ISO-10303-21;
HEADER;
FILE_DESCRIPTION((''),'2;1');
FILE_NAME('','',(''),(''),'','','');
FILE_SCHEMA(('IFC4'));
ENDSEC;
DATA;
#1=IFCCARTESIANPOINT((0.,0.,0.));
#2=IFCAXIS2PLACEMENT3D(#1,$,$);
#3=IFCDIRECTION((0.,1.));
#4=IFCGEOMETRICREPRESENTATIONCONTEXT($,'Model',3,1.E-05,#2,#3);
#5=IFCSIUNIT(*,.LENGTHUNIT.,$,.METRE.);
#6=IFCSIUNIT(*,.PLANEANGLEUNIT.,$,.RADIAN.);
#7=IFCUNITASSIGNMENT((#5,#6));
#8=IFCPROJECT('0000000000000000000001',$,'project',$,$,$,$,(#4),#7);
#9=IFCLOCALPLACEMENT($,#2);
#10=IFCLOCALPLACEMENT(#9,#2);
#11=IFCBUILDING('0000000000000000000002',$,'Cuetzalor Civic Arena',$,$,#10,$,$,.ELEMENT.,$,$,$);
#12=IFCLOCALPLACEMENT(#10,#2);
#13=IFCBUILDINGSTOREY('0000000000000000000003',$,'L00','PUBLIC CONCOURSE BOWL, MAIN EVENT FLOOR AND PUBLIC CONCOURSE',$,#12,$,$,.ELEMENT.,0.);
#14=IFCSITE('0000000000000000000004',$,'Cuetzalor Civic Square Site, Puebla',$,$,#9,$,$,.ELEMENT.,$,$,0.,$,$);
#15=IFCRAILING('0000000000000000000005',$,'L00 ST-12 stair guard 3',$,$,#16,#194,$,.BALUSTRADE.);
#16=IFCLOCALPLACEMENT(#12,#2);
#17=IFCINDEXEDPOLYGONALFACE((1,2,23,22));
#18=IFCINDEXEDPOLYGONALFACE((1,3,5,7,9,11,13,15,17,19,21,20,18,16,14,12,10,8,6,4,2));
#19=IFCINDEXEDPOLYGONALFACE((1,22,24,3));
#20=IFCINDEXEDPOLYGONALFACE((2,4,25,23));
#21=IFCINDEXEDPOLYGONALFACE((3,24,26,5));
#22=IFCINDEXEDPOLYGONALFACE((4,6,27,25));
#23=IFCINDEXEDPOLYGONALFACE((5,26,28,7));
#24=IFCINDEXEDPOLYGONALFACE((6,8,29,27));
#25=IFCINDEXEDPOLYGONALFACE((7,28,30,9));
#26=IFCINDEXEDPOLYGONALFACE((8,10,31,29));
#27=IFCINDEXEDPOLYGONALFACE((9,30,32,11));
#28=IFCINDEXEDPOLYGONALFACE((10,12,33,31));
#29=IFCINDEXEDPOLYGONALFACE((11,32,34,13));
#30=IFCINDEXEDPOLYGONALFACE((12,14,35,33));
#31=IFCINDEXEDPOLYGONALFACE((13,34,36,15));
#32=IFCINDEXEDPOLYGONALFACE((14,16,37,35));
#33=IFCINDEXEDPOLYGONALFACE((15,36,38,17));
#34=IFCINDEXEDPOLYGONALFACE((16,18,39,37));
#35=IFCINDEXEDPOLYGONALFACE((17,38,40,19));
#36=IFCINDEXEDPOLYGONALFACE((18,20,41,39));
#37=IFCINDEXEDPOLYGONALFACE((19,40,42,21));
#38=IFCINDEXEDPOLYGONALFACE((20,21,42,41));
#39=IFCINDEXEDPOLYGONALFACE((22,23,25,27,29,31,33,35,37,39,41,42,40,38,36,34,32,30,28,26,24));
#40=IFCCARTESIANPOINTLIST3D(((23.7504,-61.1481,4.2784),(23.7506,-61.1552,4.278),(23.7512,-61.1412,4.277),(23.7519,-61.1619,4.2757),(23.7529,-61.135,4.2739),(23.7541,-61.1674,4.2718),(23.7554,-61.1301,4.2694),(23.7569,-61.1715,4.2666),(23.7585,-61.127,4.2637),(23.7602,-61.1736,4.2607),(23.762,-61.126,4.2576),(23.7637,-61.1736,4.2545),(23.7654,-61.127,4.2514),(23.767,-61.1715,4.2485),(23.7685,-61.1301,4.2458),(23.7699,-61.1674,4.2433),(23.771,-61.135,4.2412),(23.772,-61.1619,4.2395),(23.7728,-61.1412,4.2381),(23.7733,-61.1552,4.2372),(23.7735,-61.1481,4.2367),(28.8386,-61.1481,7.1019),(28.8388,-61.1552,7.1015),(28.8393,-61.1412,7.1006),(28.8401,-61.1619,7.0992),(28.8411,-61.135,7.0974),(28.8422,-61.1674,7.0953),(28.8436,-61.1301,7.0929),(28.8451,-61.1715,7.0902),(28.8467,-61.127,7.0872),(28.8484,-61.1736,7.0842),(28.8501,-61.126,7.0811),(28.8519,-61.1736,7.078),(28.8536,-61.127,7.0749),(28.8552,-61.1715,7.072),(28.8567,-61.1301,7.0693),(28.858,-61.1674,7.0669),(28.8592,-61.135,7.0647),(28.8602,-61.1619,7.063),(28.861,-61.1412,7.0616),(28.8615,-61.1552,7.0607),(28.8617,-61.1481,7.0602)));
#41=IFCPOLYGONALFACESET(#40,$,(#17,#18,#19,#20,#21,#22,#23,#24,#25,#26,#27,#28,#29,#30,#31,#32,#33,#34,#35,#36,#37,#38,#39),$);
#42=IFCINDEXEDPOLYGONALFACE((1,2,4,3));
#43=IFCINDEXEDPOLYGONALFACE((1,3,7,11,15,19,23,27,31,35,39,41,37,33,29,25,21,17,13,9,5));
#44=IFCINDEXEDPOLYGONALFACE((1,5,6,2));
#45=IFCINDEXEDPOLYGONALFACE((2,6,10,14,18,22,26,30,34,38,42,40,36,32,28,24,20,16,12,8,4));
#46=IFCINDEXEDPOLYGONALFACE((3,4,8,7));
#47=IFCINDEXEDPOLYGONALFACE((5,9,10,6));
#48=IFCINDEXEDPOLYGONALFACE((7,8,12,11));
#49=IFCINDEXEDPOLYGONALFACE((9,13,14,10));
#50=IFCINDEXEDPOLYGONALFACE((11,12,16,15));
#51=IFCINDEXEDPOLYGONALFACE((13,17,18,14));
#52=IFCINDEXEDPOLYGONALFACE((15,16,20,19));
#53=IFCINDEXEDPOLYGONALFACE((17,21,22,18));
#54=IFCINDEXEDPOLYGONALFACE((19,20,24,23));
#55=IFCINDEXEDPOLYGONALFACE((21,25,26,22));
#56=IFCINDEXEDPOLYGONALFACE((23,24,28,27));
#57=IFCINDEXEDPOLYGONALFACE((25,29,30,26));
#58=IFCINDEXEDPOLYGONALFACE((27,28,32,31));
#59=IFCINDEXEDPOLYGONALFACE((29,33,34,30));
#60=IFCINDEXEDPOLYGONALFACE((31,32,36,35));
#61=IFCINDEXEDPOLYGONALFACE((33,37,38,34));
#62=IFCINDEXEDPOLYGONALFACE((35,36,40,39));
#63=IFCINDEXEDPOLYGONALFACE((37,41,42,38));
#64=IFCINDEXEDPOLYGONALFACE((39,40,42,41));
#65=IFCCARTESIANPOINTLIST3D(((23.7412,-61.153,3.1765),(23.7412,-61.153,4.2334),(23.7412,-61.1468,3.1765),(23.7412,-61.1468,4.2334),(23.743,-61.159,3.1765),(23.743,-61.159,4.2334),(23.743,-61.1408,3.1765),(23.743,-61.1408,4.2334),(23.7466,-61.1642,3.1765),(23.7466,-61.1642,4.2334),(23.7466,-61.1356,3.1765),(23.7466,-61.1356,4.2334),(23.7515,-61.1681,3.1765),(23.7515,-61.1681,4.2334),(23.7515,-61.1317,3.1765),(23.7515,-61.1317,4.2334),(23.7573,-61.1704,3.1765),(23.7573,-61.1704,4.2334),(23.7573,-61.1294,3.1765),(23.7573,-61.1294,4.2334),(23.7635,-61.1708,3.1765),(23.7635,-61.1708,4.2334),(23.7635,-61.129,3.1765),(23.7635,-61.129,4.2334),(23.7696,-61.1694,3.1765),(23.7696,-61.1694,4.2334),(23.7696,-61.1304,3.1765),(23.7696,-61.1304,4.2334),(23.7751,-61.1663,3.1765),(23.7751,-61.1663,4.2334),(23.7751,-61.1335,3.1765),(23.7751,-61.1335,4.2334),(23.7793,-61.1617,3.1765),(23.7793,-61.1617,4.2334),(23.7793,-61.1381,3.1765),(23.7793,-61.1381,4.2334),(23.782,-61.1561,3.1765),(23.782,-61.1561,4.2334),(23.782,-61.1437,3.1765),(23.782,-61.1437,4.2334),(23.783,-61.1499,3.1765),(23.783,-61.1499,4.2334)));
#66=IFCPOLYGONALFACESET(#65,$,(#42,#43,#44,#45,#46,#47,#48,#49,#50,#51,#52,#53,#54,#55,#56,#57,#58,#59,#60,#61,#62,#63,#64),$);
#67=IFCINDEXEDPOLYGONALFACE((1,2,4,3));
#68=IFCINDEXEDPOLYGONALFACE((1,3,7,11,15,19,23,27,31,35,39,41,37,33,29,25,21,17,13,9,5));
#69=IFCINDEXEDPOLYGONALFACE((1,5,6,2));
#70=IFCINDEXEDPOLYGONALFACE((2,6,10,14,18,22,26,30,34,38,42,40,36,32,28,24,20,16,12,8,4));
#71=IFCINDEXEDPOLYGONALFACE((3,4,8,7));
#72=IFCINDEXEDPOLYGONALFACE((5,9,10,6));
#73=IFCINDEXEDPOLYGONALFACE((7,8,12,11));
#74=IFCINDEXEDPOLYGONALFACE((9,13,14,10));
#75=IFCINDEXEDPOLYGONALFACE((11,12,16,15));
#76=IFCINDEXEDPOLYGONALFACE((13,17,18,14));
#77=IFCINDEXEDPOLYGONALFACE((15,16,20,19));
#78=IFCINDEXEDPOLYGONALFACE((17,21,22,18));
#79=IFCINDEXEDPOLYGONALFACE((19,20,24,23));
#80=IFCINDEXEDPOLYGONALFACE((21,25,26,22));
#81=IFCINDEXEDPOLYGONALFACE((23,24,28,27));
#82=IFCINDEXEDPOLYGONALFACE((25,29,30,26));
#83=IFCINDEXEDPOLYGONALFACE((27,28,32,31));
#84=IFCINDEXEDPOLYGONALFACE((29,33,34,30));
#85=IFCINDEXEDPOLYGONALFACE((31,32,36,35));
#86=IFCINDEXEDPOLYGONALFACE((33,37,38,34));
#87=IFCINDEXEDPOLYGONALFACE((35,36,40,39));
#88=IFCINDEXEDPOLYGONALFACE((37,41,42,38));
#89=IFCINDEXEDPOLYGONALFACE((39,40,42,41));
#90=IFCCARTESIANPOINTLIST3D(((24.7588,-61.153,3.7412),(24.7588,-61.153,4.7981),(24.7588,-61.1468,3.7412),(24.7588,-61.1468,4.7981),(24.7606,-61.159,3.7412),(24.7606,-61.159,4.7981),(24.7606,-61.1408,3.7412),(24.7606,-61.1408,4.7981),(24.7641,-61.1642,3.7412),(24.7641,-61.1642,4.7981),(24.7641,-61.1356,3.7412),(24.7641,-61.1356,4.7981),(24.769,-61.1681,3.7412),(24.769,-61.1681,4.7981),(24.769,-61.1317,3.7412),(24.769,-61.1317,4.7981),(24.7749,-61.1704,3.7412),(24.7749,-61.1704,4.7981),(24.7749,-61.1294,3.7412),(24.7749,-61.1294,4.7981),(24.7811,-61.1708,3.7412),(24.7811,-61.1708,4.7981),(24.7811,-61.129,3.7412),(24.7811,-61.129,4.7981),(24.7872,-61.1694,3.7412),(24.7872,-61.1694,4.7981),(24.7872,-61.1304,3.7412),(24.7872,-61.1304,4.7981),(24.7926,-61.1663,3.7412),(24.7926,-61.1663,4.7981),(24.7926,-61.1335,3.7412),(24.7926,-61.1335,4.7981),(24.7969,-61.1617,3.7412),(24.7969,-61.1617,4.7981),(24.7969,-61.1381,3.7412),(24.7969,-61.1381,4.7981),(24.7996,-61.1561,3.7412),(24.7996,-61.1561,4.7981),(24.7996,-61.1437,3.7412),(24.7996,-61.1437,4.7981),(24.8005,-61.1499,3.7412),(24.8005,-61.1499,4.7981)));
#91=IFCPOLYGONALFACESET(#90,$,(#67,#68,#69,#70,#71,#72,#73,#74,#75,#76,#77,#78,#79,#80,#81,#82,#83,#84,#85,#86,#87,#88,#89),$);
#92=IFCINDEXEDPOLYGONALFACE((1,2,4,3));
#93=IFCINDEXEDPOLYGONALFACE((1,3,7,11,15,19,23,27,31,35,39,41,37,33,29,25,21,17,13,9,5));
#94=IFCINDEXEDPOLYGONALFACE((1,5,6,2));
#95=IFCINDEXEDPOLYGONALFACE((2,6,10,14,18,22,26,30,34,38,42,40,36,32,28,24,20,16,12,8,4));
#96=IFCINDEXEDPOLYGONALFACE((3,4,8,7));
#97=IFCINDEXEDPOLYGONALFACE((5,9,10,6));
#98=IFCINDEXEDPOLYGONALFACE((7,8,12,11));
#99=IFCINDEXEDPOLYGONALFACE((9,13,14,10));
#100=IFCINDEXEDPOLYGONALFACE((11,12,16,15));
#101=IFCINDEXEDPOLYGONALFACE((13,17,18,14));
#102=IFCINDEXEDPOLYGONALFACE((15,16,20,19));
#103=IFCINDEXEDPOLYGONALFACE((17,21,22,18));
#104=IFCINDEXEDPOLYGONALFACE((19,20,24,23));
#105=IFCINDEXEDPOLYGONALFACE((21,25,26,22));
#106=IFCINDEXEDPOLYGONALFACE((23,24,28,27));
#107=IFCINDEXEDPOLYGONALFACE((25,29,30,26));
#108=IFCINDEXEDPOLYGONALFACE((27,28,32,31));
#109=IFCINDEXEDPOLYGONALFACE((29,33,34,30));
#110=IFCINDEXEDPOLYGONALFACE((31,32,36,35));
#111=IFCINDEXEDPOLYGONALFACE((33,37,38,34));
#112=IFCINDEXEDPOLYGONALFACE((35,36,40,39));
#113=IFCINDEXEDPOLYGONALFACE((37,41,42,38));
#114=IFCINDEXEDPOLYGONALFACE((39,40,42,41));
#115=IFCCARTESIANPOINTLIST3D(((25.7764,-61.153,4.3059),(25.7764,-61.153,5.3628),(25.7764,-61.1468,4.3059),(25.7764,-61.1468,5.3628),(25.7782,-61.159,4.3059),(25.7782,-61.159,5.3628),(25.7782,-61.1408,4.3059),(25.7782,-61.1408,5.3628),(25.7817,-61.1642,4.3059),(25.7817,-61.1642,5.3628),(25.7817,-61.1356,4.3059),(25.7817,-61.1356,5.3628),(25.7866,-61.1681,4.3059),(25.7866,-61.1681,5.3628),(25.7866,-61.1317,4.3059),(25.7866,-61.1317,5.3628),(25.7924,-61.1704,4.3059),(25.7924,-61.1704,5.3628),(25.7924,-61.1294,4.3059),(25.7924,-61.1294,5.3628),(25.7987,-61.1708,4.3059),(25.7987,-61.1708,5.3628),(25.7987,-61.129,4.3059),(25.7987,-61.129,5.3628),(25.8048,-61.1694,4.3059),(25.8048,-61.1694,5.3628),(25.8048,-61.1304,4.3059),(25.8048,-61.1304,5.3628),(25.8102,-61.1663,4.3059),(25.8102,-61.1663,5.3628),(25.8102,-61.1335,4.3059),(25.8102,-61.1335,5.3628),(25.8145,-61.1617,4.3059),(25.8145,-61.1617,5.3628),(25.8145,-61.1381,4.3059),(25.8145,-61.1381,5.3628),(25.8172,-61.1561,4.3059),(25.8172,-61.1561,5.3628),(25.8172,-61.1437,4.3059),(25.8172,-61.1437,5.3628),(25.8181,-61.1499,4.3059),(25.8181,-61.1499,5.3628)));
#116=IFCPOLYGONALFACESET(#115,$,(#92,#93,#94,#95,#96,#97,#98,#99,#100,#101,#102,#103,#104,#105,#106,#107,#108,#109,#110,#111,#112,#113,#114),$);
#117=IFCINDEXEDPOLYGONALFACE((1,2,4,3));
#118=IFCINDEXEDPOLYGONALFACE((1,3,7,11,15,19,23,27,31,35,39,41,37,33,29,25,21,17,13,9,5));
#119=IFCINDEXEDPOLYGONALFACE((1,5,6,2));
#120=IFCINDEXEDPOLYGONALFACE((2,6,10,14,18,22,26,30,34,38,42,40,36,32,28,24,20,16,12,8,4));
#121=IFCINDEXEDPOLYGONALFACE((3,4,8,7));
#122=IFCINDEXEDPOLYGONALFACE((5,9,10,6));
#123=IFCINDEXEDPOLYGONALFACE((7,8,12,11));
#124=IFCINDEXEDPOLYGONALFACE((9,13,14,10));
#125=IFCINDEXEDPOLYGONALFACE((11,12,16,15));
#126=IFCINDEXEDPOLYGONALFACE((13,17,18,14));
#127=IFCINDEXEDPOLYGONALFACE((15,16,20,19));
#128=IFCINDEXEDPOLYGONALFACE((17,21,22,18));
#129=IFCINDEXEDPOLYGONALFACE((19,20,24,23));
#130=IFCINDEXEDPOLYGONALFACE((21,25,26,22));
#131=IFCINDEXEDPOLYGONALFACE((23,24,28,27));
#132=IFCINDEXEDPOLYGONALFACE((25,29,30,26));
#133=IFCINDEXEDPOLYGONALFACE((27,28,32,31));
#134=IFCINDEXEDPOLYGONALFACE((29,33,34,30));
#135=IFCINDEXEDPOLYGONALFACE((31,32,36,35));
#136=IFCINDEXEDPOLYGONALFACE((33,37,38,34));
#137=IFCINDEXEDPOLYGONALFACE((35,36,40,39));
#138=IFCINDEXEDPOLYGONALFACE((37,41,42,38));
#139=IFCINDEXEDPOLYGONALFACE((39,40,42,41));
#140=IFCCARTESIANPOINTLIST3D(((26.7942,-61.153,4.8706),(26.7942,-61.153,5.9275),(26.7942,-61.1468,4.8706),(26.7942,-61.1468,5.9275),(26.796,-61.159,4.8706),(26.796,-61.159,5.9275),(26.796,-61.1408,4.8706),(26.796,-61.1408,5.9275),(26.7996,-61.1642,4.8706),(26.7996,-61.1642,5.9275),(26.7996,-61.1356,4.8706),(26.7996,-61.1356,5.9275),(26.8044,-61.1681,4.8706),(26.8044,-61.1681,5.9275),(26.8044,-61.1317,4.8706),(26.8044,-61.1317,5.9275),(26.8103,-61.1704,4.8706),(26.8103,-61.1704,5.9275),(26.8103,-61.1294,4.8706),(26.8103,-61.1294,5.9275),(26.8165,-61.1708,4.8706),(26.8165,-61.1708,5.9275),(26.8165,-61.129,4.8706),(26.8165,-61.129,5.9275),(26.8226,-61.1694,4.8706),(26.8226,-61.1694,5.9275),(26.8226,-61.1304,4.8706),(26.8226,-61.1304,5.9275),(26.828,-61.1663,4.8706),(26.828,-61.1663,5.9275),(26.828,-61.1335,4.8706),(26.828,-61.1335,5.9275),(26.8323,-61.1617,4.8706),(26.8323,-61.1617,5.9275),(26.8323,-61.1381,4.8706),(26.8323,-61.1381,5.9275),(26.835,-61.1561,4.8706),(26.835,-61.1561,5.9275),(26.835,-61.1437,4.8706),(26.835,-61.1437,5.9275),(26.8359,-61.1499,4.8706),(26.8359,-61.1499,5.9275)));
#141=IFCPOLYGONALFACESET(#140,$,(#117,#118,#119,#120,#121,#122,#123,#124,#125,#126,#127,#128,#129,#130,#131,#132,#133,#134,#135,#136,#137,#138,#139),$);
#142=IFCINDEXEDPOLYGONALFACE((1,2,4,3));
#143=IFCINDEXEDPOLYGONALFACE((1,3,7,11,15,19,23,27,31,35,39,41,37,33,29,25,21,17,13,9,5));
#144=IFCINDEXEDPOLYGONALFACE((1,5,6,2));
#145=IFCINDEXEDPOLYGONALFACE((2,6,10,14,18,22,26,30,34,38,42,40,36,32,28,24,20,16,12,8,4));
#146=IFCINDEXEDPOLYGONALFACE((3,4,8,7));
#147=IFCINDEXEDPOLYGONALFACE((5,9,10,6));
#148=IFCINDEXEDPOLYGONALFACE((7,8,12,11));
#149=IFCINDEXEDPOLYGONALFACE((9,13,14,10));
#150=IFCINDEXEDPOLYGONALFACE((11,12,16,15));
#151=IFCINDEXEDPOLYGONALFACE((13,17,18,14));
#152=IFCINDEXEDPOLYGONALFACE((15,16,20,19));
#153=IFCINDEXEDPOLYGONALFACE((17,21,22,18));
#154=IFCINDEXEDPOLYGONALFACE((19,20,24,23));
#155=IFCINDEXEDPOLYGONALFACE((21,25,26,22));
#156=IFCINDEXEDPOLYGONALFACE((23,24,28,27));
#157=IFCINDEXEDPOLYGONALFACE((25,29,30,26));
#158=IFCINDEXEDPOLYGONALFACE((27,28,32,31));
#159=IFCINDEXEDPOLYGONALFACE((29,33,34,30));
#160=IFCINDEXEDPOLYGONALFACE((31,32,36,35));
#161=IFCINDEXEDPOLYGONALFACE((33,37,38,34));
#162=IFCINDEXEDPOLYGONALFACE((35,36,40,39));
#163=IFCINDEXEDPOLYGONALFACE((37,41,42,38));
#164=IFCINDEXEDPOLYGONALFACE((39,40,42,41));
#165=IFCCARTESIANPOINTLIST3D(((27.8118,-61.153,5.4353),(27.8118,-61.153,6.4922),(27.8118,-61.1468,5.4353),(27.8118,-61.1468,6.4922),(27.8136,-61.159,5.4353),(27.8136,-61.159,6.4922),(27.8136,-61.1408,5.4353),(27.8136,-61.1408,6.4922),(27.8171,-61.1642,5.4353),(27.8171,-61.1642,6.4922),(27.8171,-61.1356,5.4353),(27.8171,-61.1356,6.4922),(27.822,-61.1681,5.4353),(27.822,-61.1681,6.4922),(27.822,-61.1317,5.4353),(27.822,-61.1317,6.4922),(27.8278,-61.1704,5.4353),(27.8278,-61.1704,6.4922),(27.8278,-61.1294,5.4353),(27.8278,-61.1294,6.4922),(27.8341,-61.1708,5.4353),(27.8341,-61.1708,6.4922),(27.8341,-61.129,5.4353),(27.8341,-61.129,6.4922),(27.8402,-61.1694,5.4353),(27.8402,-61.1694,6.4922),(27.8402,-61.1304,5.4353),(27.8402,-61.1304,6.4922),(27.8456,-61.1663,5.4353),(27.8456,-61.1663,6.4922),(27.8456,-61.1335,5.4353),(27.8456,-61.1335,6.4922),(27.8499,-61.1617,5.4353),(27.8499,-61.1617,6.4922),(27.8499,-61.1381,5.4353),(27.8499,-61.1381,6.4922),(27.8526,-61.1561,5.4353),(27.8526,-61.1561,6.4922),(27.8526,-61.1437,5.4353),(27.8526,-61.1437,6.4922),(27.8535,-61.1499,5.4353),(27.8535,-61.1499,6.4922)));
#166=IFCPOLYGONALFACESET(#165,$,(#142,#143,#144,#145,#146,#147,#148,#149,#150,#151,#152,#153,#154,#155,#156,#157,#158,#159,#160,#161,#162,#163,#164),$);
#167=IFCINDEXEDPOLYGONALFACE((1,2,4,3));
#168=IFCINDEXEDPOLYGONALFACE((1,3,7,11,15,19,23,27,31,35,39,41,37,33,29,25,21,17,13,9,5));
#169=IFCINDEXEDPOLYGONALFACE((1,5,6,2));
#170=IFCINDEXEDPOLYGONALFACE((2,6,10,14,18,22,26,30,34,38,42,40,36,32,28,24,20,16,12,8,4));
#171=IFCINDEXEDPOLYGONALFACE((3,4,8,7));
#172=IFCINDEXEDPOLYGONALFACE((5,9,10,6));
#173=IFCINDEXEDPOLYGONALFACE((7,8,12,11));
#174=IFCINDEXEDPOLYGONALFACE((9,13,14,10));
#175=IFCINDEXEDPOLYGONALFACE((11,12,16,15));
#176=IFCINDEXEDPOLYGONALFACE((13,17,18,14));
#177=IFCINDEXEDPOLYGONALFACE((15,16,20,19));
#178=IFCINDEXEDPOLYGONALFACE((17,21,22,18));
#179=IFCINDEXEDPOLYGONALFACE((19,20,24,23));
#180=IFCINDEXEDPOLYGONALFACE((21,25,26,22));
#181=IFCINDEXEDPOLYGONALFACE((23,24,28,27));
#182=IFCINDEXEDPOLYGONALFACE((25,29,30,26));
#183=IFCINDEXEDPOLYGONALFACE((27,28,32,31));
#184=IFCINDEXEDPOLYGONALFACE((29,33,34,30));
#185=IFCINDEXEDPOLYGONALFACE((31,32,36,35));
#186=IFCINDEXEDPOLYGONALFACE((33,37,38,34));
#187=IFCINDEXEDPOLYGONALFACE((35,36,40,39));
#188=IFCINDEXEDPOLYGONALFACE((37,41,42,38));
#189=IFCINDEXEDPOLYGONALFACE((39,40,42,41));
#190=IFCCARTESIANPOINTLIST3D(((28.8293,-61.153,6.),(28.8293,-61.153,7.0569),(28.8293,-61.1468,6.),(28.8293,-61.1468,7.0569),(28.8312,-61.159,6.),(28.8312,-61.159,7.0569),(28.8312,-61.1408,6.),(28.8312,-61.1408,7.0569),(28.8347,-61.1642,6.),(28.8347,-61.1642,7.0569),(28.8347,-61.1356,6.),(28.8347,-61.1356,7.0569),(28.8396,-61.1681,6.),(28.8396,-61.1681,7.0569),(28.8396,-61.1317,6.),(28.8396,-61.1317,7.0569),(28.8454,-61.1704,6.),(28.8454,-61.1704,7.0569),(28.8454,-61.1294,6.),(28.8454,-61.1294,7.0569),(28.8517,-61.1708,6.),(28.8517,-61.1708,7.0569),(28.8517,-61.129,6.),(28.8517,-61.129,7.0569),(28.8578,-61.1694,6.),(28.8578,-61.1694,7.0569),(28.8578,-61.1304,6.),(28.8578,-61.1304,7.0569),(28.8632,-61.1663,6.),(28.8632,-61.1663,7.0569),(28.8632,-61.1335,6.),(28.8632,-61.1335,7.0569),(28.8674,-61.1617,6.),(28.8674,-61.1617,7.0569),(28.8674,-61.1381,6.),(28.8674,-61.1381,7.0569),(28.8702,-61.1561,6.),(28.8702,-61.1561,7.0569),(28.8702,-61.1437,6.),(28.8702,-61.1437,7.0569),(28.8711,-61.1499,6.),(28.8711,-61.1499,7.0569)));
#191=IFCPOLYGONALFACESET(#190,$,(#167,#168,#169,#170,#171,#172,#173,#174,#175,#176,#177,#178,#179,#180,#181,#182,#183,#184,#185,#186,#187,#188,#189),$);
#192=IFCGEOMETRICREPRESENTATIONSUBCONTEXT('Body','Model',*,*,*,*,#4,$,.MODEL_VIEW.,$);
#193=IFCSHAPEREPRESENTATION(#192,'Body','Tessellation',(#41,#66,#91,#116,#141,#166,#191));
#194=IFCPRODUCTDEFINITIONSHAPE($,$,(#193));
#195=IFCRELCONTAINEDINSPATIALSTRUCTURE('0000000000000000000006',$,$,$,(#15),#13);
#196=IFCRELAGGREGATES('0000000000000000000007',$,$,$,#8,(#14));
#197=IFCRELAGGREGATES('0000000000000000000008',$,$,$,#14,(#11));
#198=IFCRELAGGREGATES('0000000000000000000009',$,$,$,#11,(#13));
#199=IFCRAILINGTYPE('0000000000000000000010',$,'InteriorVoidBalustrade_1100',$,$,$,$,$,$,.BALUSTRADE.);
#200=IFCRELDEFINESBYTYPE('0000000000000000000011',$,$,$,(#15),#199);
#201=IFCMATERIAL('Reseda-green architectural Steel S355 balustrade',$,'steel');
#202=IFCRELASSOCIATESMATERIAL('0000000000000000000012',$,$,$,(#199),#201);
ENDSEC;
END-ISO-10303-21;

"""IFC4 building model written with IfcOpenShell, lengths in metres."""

from ifc_helpers import new_model, si_unit, direction, frame, origin, origin_2d, place, context, subcontext, project, spatial, circle, extrude, material, type_object, element, save


model = new_model("IFC4")

# Units and contexts
model_context = context("Model", 3, precision=1e-05, world=origin(), true_north=direction((0.0, 1.0)))
body_context = subcontext(model_context, "Body", "Model", "MODEL_VIEW")
ifc_project = project(units=[si_unit("LENGTHUNIT", "METRE"), si_unit("PLANEANGLEUNIT", "RADIAN")], contexts=[model_context])

# Site, building, storey
site_placement = place(None, origin())
site = spatial("IfcSite", under=ifc_project, at=site_placement, Name="Cuetzalor Civic Square Site, Puebla", CompositionType="ELEMENT", RefElevation=0.0)
building_placement = place(site_placement, origin())
building = spatial("IfcBuilding", under=site, at=building_placement, Name="Cuetzalor Civic Arena", CompositionType="ELEMENT")
storey_placement = place(building_placement, origin())
storey = spatial("IfcBuildingStorey", under=building, at=storey_placement, Name="L00", Description="PUBLIC CONCOURSE BOWL, MAIN EVENT FLOOR AND PUBLIC CONCOURSE", CompositionType="ELEMENT", Elevation=0.0)

# Railing
ifc_material_1 = material(Name="Reseda-green architectural Steel S355 balustrade", Category="steel")
railing_type_1 = type_object("IfcRailingType", Name="InteriorVoidBalustrade_1100", PredefinedType="BALUSTRADE", material=ifc_material_1)
railing_1_placement = place(storey_placement, frame((23.762, -61.1499, 3.1765)))
element("IfcRailing", 1, at=railing_1_placement, inside=storey, type_object=railing_type_1, Name="L00 ST-12 stair guard 3", PredefinedType="BALUSTRADE", context=body_context, shape_type="SweptSolid", body=[
    extrude(circle(Radius=0.0239, at=origin_2d()), frame((0.0, 0.0, 1.0811), z_axis=(0.874395, 0.0, 0.485215), x_axis=(0.0, 1.0, 0.0)), (0.0, 0.0, 1.0), 5.8191),
    extrude(circle(Radius=0.021, at=origin_2d()), origin(), (0.0, 0.0, 1.0), 1.0569),
    extrude(circle(Radius=0.021, at=origin_2d()), frame((1.0176, 0.0, 0.5647)), (0.0, 0.0, 1.0), 1.0569),
    extrude(circle(Radius=0.021, at=origin_2d()), frame((2.0352, 0.0, 1.1294)), (0.0, 0.0, 1.0), 1.0569),
    extrude(circle(Radius=0.021, at=origin_2d()), frame((3.053, 0.0, 1.6941)), (0.0, 0.0, 1.0), 1.0569),
    extrude(circle(Radius=0.021, at=origin_2d()), frame((4.0706, 0.0, 2.2588)), (0.0, 0.0, 1.0), 1.0569),
    extrude(circle(Radius=0.021, at=origin_2d()), frame((5.0881, 0.0, 2.8235)), (0.0, 0.0, 1.0), 1.0569),
])

save(model, "model.ifc")
